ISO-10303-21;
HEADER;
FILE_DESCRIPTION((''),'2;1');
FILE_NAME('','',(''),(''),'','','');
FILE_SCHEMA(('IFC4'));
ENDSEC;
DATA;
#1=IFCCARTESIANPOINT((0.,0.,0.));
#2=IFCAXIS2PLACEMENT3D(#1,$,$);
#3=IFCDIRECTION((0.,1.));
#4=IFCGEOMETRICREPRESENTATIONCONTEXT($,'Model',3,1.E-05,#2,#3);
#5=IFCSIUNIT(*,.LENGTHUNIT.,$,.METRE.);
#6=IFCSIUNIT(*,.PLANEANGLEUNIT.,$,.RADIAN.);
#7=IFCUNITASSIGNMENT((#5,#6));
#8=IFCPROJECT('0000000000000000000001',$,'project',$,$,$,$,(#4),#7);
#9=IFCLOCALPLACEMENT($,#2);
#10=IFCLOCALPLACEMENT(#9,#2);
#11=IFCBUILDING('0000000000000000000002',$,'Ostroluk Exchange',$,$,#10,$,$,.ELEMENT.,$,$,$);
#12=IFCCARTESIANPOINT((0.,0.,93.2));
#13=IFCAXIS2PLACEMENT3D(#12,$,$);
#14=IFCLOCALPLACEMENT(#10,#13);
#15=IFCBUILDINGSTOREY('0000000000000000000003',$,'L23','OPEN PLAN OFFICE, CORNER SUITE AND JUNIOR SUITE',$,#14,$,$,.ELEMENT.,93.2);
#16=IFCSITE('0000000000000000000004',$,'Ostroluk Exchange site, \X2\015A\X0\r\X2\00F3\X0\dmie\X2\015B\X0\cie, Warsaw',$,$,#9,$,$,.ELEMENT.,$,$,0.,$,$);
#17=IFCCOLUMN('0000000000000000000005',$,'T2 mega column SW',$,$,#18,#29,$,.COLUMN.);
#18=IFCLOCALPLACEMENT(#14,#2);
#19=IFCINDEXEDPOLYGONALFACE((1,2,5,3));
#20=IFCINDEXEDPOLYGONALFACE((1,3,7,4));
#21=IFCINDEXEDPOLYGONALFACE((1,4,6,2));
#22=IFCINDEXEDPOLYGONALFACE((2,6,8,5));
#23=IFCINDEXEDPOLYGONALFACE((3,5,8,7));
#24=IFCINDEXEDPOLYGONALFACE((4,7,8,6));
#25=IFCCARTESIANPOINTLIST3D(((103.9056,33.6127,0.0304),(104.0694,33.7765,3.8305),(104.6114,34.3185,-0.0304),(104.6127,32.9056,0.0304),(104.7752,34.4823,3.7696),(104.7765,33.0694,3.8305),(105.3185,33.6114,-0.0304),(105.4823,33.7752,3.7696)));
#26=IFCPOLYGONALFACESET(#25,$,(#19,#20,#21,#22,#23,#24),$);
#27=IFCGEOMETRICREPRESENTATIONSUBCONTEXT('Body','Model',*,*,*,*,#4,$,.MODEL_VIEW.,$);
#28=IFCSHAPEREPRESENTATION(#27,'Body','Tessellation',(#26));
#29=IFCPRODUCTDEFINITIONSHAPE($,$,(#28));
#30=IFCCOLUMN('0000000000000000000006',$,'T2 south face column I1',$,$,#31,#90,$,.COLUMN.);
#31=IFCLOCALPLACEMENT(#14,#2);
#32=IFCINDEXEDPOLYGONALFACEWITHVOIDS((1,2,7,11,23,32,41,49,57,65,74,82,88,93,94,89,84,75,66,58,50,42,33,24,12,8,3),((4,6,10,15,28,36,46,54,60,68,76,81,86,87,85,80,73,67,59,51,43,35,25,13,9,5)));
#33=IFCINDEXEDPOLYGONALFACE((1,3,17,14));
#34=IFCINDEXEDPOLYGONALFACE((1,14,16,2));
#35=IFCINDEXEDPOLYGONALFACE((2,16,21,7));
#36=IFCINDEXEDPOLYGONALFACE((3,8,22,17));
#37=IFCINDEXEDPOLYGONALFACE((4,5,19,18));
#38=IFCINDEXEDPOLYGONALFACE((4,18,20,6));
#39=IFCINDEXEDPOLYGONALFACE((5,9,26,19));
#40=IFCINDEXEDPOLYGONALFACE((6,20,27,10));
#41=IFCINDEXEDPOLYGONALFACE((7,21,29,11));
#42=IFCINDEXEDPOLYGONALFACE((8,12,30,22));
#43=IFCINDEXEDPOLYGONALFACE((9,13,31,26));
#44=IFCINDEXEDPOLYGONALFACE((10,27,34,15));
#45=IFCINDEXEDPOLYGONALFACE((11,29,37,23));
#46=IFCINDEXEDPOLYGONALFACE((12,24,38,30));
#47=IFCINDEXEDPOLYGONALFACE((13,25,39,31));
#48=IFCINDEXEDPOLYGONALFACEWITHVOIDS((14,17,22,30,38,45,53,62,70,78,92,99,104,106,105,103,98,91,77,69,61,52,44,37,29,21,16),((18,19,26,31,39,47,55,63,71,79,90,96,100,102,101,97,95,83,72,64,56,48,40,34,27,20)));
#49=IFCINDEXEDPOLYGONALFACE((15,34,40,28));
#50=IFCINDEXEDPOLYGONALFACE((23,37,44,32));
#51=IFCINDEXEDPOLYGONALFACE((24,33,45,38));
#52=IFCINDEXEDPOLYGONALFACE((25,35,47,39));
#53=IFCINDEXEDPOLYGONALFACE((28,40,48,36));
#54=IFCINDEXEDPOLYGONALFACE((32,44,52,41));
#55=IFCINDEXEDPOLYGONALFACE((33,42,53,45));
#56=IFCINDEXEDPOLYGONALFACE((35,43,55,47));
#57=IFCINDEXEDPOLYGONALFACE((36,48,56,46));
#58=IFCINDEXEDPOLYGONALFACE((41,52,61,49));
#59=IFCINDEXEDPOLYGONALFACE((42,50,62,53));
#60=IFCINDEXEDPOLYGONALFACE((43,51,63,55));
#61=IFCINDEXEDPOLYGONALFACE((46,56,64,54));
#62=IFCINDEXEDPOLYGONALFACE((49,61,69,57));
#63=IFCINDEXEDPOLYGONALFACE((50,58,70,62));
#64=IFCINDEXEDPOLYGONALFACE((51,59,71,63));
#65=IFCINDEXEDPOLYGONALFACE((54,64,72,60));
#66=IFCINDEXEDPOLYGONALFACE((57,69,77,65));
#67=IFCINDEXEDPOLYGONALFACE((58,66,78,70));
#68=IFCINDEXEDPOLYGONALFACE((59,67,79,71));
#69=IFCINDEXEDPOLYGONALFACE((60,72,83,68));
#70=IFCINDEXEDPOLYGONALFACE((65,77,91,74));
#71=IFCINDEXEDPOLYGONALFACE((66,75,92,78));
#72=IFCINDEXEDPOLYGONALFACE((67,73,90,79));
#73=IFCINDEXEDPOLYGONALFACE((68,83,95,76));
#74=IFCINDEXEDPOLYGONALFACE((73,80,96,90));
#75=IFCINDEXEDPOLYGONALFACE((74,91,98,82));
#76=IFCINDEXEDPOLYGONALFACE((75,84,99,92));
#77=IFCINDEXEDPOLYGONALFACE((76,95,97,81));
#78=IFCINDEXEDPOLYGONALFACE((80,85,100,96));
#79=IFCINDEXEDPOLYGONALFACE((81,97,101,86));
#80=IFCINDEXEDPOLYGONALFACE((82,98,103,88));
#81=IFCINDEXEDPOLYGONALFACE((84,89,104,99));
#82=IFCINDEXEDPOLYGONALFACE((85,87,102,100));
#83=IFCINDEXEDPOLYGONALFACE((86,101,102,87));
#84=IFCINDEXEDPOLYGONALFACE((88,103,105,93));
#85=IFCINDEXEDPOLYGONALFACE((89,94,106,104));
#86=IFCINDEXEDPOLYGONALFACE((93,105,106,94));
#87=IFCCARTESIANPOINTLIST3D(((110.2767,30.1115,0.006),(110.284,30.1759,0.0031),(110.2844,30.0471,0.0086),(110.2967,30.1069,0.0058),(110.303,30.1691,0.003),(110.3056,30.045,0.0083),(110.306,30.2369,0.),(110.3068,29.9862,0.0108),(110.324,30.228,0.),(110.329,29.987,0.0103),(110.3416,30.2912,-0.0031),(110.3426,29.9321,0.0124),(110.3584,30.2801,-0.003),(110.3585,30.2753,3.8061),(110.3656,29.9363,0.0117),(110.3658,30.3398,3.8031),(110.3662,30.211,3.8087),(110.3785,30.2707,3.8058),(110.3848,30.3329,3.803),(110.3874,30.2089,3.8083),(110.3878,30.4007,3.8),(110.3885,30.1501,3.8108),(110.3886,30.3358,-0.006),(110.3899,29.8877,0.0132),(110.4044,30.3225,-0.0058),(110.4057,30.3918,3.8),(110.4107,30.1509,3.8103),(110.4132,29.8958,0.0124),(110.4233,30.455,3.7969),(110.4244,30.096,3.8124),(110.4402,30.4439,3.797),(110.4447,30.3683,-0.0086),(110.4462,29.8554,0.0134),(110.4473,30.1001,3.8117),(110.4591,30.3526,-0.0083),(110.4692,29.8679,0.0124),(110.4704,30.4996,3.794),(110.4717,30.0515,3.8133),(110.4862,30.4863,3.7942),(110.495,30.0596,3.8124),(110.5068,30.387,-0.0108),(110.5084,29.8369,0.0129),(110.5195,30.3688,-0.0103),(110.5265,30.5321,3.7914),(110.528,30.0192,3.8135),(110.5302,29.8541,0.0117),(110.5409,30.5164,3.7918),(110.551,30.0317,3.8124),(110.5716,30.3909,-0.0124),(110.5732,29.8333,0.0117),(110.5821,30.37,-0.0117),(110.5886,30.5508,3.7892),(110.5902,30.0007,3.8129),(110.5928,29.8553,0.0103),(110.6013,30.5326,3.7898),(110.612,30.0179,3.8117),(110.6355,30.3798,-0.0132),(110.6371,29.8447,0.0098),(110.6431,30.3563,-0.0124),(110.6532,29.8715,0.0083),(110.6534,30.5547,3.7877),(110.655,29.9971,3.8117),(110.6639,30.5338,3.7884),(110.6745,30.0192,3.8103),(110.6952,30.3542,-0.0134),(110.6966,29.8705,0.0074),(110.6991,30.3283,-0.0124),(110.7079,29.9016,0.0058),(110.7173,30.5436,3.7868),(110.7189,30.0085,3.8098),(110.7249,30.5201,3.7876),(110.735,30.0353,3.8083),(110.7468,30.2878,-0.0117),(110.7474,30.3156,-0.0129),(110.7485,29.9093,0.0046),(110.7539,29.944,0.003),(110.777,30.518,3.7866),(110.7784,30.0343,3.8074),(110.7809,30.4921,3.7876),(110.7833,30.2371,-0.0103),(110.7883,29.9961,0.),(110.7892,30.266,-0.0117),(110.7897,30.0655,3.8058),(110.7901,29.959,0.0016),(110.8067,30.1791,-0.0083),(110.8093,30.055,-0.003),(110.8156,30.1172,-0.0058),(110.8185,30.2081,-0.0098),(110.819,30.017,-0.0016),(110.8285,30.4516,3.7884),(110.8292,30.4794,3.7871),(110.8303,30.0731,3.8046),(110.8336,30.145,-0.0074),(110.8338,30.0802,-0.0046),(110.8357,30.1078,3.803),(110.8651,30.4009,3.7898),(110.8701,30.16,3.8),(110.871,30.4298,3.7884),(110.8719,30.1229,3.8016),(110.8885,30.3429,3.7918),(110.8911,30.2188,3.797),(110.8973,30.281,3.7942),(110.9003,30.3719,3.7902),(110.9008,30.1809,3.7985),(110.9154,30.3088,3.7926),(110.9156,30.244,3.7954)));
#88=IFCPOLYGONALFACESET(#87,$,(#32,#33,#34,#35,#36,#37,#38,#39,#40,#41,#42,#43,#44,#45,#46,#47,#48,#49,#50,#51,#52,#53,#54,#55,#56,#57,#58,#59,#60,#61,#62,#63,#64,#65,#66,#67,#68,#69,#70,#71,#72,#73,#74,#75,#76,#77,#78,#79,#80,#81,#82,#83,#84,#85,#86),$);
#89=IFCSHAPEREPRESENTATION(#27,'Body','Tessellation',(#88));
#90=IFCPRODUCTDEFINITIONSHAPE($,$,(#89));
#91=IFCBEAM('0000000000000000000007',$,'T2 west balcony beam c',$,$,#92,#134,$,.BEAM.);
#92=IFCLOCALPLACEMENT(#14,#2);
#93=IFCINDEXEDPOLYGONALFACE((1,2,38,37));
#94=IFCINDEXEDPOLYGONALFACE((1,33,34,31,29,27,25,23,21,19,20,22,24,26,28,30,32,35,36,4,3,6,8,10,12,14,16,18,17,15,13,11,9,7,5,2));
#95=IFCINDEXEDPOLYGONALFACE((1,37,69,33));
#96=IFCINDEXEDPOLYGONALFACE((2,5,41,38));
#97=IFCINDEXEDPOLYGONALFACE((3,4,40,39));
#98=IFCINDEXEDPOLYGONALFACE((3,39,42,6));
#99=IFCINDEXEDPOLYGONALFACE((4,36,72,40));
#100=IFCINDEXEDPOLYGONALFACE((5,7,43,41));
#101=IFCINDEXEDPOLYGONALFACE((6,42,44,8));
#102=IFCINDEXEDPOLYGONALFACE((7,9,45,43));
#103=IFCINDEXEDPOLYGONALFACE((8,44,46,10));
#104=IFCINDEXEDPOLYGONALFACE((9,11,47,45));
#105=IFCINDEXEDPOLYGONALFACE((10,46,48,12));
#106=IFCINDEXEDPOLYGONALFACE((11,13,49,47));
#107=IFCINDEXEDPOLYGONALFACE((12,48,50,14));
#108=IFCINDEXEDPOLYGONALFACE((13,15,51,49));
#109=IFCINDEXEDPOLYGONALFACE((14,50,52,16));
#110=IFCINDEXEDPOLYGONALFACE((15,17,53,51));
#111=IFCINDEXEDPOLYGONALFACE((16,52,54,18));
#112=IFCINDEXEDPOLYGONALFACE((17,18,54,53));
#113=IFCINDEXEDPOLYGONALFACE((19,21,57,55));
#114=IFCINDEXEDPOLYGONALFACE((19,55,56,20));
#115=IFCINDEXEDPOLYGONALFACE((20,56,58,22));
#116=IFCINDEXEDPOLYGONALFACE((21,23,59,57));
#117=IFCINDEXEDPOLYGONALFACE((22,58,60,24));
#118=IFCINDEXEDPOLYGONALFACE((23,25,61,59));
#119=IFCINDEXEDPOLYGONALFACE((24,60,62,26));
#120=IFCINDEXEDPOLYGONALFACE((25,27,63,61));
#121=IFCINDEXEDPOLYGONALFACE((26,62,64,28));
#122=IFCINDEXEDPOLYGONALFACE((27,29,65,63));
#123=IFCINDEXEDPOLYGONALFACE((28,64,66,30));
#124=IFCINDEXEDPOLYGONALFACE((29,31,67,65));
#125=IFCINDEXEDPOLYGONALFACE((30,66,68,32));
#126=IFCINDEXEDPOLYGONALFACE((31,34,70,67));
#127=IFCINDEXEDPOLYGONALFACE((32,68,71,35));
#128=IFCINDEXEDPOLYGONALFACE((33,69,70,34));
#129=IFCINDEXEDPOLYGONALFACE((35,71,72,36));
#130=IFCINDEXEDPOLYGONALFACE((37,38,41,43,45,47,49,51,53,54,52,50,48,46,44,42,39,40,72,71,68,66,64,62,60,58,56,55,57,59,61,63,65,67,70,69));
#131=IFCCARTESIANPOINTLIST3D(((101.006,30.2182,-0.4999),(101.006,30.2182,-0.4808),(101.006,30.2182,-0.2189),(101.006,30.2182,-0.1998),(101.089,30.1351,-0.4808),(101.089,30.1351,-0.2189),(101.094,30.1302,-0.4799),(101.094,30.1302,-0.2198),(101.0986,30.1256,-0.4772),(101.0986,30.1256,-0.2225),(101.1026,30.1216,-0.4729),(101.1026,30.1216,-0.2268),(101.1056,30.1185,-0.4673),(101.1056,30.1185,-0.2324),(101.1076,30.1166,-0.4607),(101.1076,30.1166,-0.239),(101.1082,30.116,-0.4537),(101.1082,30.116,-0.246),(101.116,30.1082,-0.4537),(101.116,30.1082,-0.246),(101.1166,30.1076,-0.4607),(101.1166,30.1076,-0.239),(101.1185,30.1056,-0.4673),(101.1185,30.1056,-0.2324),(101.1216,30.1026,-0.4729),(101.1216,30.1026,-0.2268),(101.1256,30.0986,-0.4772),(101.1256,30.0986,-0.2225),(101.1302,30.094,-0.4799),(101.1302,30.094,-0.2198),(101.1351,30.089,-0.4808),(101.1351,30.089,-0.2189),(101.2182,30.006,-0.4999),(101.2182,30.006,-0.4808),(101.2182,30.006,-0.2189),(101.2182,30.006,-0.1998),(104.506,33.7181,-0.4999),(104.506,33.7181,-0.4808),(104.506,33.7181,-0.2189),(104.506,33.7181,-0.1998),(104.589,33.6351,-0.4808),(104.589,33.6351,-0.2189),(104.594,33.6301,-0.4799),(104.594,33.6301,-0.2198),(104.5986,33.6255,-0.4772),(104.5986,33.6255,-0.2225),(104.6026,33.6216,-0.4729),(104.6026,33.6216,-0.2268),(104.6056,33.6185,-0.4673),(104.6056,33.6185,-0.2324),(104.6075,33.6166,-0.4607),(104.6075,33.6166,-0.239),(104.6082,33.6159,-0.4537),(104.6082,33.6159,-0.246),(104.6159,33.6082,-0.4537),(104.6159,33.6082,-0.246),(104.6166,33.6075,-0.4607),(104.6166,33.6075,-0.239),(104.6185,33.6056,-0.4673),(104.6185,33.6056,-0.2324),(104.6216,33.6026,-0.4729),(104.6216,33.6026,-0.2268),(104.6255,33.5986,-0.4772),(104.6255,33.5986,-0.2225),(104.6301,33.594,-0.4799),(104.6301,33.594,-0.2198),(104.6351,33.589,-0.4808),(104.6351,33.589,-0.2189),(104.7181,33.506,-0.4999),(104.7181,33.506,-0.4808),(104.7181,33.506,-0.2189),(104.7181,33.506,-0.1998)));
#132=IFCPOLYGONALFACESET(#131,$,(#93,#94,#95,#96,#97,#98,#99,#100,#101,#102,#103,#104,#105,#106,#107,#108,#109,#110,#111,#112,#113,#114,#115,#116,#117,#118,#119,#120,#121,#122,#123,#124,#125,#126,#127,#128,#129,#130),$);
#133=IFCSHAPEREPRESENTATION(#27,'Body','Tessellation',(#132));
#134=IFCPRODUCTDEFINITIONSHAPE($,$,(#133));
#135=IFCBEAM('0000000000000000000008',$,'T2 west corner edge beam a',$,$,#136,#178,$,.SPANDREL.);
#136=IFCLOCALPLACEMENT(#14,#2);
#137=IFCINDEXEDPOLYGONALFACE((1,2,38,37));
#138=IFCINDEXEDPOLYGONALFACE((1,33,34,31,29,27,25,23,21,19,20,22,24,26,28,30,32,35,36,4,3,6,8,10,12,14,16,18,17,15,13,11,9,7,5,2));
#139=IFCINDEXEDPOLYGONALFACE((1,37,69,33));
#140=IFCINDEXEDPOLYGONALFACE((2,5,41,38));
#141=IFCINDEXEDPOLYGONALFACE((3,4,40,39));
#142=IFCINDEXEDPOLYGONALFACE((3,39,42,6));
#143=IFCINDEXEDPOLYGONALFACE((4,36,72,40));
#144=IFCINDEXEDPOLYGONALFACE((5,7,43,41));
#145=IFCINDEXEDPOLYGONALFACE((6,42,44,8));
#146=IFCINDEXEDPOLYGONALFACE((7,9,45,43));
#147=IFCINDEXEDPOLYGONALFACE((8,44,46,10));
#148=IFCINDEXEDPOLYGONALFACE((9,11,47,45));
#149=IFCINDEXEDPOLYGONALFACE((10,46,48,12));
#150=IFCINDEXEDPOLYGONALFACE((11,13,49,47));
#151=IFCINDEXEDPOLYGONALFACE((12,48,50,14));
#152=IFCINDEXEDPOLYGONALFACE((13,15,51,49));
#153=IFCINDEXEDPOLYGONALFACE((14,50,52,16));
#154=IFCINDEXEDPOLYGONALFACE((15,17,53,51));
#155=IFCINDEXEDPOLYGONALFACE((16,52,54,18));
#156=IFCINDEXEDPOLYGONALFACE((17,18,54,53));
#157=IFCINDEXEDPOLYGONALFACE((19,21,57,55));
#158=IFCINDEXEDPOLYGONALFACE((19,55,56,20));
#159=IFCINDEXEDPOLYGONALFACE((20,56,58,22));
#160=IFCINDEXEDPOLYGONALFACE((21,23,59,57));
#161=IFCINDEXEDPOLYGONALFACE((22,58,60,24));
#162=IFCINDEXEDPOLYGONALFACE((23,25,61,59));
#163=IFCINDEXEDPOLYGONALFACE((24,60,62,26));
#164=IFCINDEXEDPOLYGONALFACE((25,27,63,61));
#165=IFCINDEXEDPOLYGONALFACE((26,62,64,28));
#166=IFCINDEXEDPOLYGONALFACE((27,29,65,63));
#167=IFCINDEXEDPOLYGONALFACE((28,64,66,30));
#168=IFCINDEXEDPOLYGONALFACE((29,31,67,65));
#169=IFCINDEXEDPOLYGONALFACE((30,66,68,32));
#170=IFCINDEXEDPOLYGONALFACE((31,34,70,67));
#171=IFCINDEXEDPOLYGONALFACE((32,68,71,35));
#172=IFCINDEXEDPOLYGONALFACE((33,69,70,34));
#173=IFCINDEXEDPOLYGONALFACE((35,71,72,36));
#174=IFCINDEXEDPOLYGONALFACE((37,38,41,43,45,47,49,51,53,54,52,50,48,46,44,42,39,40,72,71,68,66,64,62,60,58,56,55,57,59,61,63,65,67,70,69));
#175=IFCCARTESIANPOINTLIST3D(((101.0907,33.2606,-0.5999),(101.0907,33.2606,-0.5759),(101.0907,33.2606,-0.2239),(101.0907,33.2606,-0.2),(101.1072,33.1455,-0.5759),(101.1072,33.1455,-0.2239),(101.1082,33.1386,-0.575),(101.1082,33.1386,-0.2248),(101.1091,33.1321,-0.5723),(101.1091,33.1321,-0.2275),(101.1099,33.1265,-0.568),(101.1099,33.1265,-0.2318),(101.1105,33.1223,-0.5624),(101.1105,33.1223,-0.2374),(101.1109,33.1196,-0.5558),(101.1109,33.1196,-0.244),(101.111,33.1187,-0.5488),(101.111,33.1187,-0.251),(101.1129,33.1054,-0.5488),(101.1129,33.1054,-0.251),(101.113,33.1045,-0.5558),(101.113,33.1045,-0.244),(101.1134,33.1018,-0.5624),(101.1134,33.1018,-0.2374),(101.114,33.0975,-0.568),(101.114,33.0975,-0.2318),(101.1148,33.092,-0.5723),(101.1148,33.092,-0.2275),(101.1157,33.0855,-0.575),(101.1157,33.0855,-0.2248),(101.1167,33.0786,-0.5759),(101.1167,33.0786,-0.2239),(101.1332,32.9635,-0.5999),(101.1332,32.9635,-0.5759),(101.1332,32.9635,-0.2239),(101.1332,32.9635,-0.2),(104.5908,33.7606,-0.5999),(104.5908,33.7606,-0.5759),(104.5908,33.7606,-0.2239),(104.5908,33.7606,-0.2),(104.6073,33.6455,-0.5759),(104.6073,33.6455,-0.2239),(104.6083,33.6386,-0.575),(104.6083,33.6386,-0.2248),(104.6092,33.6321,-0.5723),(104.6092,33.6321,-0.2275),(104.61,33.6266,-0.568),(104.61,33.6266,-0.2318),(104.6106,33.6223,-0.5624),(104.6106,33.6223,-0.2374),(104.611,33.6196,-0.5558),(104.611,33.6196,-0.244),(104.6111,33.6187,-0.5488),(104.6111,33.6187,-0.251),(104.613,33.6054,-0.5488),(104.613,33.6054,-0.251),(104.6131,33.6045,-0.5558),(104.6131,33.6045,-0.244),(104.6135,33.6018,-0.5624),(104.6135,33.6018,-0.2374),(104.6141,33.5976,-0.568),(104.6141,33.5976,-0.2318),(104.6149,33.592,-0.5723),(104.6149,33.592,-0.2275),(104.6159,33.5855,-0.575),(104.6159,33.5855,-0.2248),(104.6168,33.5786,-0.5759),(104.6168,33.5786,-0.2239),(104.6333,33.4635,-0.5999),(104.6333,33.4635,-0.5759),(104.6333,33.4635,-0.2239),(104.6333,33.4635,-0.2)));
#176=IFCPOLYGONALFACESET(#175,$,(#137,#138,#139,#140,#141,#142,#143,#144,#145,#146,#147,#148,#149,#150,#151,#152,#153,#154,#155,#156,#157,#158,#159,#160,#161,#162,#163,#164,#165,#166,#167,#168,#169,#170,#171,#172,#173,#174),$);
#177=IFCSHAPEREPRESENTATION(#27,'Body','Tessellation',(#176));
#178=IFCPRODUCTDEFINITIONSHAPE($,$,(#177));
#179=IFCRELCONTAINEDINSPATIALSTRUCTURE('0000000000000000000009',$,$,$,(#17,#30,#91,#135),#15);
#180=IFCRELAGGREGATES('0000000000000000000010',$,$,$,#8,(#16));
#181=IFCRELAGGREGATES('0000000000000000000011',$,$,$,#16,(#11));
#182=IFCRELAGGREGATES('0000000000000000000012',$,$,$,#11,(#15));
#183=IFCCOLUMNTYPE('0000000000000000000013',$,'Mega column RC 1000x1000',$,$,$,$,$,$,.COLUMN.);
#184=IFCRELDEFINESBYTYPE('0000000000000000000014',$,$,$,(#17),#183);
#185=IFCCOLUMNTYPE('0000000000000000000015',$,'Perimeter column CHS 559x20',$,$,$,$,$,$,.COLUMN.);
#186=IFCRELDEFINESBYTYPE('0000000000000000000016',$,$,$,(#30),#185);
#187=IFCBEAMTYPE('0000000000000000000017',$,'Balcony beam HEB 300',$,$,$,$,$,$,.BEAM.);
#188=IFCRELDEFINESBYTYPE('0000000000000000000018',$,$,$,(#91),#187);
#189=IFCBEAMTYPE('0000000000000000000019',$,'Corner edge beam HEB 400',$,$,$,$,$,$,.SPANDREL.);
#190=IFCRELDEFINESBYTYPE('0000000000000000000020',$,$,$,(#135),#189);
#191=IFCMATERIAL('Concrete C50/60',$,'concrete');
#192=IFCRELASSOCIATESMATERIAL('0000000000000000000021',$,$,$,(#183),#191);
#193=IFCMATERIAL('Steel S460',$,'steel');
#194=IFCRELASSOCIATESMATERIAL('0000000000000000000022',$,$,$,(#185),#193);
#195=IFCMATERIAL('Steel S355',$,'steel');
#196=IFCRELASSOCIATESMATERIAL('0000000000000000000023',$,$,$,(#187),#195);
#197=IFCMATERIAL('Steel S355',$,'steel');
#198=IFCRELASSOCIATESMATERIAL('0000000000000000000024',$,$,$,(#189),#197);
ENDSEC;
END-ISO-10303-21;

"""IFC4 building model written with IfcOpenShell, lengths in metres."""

from ifc_helpers import new_model, si_unit, direction, frame, origin, origin_2d, place, context, subcontext, project, spatial, rectangle, hollow_circle, i_section, extrude, material, material_profile, profile_set, type_object, element, save


model = new_model("IFC4")

# Units and contexts
model_context = context("Model", 3, precision=1e-05, world=origin(), true_north=direction((0.0, 1.0)))
body_context = subcontext(model_context, "Body", "Model", "MODEL_VIEW")
ifc_project = project(units=[si_unit("LENGTHUNIT", "METRE"), si_unit("PLANEANGLEUNIT", "RADIAN")], contexts=[model_context])

# Site, building, storey
site_placement = place(None, origin())
site = spatial("IfcSite", under=ifc_project, at=site_placement, Name="Ostroluk Exchange site, Śródmieście, Warsaw", CompositionType="ELEMENT", RefElevation=0.0)
building_placement = place(site_placement, origin())
building = spatial("IfcBuilding", under=site, at=building_placement, Name="Ostroluk Exchange", CompositionType="ELEMENT")
storey_placement = place(building_placement, frame((0.0, 0.0, 93.2)))
storey = spatial("IfcBuildingStorey", under=building, at=storey_placement, Name="L23", Description="OPEN PLAN OFFICE, CORNER SUITE AND JUNIOR SUITE", CompositionType="ELEMENT", Elevation=93.2)

# Columns
ifc_material_1 = material(Name="Concrete C50/60", Category="concrete")
ifc_material_profile_1 = material_profile(ifc_material_1, rectangle(XDim=1.0, YDim=1.0, at=origin_2d()), Name="RC 1000x1000")
ifc_profile_set_1 = profile_set([ifc_material_profile_1], Name="Concrete C50/60")
column_type_1 = type_object("IfcColumnType", Name="Mega column RC 1000x1000", PredefinedType="COLUMN", material=ifc_profile_set_1)
column_1_placement = place(storey_placement, frame((104.6121, 33.6121, 0.0), z_axis=(0.04303, 0.04303, 0.998147), x_axis=(-0.707107, 0.707107, 0.0)))
element("IfcColumn", 1, at=column_1_placement, inside=storey, type_object=column_type_1, Name="T2 mega column SW", PredefinedType="COLUMN", context=body_context, shape_type="SweptSolid", body=[
    extrude(rectangle(XDim=1.0, YDim=1.0, at=origin_2d()), origin(), (0.0, 0.0, 1.0), 3.8071),
])
ifc_material_2 = material(Name="Steel S460", Category="steel")
ifc_material_profile_2 = material_profile(ifc_material_2, hollow_circle(Radius=0.2795, WallThickness=0.02, at=origin_2d()), Name="CHS 559x20")
ifc_profile_set_2 = profile_set([ifc_material_profile_2], Name="Steel S460")
column_type_2 = type_object("IfcColumnType", Name="Perimeter column CHS 559x20", PredefinedType="COLUMN", material=ifc_profile_set_2)
column_2_placement = place(storey_placement, frame((110.5562, 30.1121, 0.0), z_axis=(0.021498, 0.04306, 0.998841), x_axis=(-0.894694, 0.44668, 0.0)))
element("IfcColumn", 2, at=column_2_placement, inside=storey, type_object=column_type_2, Name="T2 south face column I1", PredefinedType="COLUMN", context=body_context, shape_type="SweptSolid", body=[
    extrude(hollow_circle(Radius=0.2795, WallThickness=0.02, at=origin_2d()), origin(), (0.0, 0.0, 1.0), 3.8044),
])

# Beams
ifc_material_3 = material(Name="Steel S355", Category="steel")
ifc_material_profile_3 = material_profile(ifc_material_3, i_section(OverallWidth=0.3, OverallDepth=0.3, WebThickness=0.011, FlangeThickness=0.019, FilletRadius=0.0271, at=origin_2d()), Name="HEB 300")
ifc_profile_set_3 = profile_set([ifc_material_profile_3], Name="Steel S355")
beam_type_1 = type_object("IfcBeamType", Name="Balcony beam HEB 300", PredefinedType="BEAM", material=ifc_profile_set_3)
beam_1_placement = place(storey_placement, frame((104.6121, 33.6121, -0.3499), z_axis=(-0.707107, -0.707107, 0.0), x_axis=(0.707107, -0.707107, 0.0)))
element("IfcBeam", 3, at=beam_1_placement, inside=storey, type_object=beam_type_1, Name="T2 west balcony beam c", PredefinedType="BEAM", context=body_context, shape_type="SweptSolid", body=[
    extrude(i_section(OverallWidth=0.3, OverallDepth=0.3, WebThickness=0.011, FlangeThickness=0.019, FilletRadius=0.0271, at=origin_2d()), origin(), (0.0, 0.0, 1.0), 4.9497),
])
ifc_material_4 = material(Name="Steel S355", Category="steel")
ifc_material_profile_4 = material_profile(ifc_material_4, i_section(OverallWidth=0.3, OverallDepth=0.3999, WebThickness=0.0134, FlangeThickness=0.0239, FilletRadius=0.0271, at=origin_2d()), Name="HEB 400")
ifc_profile_set_4 = profile_set([ifc_material_profile_4], Name="Steel S355")
beam_type_2 = type_object("IfcBeamType", Name="Corner edge beam HEB 400", PredefinedType="SPANDREL", material=ifc_profile_set_4)
for number, where, z_axis, x_axis, name in (
    (4, (104.6121, 33.6121, -0.3999), (-0.989949, -0.141421, 0.0), (0.141421, -0.989949, 0.0), "T2 west corner edge beam a"),
):
    element("IfcBeam", number, at=place(storey_placement, frame(where, z_axis=z_axis, x_axis=x_axis)), inside=storey, type_object=beam_type_2, Name=name, PredefinedType="SPANDREL", context=body_context, shape_type="SweptSolid", body=[
        extrude(i_section(OverallWidth=0.3, OverallDepth=0.3999, WebThickness=0.0134, FlangeThickness=0.0239, FilletRadius=0.0271, at=origin_2d()), origin(), (0.0, 0.0, 1.0), 3.5356),
    ])

save(model, "model.ifc")
